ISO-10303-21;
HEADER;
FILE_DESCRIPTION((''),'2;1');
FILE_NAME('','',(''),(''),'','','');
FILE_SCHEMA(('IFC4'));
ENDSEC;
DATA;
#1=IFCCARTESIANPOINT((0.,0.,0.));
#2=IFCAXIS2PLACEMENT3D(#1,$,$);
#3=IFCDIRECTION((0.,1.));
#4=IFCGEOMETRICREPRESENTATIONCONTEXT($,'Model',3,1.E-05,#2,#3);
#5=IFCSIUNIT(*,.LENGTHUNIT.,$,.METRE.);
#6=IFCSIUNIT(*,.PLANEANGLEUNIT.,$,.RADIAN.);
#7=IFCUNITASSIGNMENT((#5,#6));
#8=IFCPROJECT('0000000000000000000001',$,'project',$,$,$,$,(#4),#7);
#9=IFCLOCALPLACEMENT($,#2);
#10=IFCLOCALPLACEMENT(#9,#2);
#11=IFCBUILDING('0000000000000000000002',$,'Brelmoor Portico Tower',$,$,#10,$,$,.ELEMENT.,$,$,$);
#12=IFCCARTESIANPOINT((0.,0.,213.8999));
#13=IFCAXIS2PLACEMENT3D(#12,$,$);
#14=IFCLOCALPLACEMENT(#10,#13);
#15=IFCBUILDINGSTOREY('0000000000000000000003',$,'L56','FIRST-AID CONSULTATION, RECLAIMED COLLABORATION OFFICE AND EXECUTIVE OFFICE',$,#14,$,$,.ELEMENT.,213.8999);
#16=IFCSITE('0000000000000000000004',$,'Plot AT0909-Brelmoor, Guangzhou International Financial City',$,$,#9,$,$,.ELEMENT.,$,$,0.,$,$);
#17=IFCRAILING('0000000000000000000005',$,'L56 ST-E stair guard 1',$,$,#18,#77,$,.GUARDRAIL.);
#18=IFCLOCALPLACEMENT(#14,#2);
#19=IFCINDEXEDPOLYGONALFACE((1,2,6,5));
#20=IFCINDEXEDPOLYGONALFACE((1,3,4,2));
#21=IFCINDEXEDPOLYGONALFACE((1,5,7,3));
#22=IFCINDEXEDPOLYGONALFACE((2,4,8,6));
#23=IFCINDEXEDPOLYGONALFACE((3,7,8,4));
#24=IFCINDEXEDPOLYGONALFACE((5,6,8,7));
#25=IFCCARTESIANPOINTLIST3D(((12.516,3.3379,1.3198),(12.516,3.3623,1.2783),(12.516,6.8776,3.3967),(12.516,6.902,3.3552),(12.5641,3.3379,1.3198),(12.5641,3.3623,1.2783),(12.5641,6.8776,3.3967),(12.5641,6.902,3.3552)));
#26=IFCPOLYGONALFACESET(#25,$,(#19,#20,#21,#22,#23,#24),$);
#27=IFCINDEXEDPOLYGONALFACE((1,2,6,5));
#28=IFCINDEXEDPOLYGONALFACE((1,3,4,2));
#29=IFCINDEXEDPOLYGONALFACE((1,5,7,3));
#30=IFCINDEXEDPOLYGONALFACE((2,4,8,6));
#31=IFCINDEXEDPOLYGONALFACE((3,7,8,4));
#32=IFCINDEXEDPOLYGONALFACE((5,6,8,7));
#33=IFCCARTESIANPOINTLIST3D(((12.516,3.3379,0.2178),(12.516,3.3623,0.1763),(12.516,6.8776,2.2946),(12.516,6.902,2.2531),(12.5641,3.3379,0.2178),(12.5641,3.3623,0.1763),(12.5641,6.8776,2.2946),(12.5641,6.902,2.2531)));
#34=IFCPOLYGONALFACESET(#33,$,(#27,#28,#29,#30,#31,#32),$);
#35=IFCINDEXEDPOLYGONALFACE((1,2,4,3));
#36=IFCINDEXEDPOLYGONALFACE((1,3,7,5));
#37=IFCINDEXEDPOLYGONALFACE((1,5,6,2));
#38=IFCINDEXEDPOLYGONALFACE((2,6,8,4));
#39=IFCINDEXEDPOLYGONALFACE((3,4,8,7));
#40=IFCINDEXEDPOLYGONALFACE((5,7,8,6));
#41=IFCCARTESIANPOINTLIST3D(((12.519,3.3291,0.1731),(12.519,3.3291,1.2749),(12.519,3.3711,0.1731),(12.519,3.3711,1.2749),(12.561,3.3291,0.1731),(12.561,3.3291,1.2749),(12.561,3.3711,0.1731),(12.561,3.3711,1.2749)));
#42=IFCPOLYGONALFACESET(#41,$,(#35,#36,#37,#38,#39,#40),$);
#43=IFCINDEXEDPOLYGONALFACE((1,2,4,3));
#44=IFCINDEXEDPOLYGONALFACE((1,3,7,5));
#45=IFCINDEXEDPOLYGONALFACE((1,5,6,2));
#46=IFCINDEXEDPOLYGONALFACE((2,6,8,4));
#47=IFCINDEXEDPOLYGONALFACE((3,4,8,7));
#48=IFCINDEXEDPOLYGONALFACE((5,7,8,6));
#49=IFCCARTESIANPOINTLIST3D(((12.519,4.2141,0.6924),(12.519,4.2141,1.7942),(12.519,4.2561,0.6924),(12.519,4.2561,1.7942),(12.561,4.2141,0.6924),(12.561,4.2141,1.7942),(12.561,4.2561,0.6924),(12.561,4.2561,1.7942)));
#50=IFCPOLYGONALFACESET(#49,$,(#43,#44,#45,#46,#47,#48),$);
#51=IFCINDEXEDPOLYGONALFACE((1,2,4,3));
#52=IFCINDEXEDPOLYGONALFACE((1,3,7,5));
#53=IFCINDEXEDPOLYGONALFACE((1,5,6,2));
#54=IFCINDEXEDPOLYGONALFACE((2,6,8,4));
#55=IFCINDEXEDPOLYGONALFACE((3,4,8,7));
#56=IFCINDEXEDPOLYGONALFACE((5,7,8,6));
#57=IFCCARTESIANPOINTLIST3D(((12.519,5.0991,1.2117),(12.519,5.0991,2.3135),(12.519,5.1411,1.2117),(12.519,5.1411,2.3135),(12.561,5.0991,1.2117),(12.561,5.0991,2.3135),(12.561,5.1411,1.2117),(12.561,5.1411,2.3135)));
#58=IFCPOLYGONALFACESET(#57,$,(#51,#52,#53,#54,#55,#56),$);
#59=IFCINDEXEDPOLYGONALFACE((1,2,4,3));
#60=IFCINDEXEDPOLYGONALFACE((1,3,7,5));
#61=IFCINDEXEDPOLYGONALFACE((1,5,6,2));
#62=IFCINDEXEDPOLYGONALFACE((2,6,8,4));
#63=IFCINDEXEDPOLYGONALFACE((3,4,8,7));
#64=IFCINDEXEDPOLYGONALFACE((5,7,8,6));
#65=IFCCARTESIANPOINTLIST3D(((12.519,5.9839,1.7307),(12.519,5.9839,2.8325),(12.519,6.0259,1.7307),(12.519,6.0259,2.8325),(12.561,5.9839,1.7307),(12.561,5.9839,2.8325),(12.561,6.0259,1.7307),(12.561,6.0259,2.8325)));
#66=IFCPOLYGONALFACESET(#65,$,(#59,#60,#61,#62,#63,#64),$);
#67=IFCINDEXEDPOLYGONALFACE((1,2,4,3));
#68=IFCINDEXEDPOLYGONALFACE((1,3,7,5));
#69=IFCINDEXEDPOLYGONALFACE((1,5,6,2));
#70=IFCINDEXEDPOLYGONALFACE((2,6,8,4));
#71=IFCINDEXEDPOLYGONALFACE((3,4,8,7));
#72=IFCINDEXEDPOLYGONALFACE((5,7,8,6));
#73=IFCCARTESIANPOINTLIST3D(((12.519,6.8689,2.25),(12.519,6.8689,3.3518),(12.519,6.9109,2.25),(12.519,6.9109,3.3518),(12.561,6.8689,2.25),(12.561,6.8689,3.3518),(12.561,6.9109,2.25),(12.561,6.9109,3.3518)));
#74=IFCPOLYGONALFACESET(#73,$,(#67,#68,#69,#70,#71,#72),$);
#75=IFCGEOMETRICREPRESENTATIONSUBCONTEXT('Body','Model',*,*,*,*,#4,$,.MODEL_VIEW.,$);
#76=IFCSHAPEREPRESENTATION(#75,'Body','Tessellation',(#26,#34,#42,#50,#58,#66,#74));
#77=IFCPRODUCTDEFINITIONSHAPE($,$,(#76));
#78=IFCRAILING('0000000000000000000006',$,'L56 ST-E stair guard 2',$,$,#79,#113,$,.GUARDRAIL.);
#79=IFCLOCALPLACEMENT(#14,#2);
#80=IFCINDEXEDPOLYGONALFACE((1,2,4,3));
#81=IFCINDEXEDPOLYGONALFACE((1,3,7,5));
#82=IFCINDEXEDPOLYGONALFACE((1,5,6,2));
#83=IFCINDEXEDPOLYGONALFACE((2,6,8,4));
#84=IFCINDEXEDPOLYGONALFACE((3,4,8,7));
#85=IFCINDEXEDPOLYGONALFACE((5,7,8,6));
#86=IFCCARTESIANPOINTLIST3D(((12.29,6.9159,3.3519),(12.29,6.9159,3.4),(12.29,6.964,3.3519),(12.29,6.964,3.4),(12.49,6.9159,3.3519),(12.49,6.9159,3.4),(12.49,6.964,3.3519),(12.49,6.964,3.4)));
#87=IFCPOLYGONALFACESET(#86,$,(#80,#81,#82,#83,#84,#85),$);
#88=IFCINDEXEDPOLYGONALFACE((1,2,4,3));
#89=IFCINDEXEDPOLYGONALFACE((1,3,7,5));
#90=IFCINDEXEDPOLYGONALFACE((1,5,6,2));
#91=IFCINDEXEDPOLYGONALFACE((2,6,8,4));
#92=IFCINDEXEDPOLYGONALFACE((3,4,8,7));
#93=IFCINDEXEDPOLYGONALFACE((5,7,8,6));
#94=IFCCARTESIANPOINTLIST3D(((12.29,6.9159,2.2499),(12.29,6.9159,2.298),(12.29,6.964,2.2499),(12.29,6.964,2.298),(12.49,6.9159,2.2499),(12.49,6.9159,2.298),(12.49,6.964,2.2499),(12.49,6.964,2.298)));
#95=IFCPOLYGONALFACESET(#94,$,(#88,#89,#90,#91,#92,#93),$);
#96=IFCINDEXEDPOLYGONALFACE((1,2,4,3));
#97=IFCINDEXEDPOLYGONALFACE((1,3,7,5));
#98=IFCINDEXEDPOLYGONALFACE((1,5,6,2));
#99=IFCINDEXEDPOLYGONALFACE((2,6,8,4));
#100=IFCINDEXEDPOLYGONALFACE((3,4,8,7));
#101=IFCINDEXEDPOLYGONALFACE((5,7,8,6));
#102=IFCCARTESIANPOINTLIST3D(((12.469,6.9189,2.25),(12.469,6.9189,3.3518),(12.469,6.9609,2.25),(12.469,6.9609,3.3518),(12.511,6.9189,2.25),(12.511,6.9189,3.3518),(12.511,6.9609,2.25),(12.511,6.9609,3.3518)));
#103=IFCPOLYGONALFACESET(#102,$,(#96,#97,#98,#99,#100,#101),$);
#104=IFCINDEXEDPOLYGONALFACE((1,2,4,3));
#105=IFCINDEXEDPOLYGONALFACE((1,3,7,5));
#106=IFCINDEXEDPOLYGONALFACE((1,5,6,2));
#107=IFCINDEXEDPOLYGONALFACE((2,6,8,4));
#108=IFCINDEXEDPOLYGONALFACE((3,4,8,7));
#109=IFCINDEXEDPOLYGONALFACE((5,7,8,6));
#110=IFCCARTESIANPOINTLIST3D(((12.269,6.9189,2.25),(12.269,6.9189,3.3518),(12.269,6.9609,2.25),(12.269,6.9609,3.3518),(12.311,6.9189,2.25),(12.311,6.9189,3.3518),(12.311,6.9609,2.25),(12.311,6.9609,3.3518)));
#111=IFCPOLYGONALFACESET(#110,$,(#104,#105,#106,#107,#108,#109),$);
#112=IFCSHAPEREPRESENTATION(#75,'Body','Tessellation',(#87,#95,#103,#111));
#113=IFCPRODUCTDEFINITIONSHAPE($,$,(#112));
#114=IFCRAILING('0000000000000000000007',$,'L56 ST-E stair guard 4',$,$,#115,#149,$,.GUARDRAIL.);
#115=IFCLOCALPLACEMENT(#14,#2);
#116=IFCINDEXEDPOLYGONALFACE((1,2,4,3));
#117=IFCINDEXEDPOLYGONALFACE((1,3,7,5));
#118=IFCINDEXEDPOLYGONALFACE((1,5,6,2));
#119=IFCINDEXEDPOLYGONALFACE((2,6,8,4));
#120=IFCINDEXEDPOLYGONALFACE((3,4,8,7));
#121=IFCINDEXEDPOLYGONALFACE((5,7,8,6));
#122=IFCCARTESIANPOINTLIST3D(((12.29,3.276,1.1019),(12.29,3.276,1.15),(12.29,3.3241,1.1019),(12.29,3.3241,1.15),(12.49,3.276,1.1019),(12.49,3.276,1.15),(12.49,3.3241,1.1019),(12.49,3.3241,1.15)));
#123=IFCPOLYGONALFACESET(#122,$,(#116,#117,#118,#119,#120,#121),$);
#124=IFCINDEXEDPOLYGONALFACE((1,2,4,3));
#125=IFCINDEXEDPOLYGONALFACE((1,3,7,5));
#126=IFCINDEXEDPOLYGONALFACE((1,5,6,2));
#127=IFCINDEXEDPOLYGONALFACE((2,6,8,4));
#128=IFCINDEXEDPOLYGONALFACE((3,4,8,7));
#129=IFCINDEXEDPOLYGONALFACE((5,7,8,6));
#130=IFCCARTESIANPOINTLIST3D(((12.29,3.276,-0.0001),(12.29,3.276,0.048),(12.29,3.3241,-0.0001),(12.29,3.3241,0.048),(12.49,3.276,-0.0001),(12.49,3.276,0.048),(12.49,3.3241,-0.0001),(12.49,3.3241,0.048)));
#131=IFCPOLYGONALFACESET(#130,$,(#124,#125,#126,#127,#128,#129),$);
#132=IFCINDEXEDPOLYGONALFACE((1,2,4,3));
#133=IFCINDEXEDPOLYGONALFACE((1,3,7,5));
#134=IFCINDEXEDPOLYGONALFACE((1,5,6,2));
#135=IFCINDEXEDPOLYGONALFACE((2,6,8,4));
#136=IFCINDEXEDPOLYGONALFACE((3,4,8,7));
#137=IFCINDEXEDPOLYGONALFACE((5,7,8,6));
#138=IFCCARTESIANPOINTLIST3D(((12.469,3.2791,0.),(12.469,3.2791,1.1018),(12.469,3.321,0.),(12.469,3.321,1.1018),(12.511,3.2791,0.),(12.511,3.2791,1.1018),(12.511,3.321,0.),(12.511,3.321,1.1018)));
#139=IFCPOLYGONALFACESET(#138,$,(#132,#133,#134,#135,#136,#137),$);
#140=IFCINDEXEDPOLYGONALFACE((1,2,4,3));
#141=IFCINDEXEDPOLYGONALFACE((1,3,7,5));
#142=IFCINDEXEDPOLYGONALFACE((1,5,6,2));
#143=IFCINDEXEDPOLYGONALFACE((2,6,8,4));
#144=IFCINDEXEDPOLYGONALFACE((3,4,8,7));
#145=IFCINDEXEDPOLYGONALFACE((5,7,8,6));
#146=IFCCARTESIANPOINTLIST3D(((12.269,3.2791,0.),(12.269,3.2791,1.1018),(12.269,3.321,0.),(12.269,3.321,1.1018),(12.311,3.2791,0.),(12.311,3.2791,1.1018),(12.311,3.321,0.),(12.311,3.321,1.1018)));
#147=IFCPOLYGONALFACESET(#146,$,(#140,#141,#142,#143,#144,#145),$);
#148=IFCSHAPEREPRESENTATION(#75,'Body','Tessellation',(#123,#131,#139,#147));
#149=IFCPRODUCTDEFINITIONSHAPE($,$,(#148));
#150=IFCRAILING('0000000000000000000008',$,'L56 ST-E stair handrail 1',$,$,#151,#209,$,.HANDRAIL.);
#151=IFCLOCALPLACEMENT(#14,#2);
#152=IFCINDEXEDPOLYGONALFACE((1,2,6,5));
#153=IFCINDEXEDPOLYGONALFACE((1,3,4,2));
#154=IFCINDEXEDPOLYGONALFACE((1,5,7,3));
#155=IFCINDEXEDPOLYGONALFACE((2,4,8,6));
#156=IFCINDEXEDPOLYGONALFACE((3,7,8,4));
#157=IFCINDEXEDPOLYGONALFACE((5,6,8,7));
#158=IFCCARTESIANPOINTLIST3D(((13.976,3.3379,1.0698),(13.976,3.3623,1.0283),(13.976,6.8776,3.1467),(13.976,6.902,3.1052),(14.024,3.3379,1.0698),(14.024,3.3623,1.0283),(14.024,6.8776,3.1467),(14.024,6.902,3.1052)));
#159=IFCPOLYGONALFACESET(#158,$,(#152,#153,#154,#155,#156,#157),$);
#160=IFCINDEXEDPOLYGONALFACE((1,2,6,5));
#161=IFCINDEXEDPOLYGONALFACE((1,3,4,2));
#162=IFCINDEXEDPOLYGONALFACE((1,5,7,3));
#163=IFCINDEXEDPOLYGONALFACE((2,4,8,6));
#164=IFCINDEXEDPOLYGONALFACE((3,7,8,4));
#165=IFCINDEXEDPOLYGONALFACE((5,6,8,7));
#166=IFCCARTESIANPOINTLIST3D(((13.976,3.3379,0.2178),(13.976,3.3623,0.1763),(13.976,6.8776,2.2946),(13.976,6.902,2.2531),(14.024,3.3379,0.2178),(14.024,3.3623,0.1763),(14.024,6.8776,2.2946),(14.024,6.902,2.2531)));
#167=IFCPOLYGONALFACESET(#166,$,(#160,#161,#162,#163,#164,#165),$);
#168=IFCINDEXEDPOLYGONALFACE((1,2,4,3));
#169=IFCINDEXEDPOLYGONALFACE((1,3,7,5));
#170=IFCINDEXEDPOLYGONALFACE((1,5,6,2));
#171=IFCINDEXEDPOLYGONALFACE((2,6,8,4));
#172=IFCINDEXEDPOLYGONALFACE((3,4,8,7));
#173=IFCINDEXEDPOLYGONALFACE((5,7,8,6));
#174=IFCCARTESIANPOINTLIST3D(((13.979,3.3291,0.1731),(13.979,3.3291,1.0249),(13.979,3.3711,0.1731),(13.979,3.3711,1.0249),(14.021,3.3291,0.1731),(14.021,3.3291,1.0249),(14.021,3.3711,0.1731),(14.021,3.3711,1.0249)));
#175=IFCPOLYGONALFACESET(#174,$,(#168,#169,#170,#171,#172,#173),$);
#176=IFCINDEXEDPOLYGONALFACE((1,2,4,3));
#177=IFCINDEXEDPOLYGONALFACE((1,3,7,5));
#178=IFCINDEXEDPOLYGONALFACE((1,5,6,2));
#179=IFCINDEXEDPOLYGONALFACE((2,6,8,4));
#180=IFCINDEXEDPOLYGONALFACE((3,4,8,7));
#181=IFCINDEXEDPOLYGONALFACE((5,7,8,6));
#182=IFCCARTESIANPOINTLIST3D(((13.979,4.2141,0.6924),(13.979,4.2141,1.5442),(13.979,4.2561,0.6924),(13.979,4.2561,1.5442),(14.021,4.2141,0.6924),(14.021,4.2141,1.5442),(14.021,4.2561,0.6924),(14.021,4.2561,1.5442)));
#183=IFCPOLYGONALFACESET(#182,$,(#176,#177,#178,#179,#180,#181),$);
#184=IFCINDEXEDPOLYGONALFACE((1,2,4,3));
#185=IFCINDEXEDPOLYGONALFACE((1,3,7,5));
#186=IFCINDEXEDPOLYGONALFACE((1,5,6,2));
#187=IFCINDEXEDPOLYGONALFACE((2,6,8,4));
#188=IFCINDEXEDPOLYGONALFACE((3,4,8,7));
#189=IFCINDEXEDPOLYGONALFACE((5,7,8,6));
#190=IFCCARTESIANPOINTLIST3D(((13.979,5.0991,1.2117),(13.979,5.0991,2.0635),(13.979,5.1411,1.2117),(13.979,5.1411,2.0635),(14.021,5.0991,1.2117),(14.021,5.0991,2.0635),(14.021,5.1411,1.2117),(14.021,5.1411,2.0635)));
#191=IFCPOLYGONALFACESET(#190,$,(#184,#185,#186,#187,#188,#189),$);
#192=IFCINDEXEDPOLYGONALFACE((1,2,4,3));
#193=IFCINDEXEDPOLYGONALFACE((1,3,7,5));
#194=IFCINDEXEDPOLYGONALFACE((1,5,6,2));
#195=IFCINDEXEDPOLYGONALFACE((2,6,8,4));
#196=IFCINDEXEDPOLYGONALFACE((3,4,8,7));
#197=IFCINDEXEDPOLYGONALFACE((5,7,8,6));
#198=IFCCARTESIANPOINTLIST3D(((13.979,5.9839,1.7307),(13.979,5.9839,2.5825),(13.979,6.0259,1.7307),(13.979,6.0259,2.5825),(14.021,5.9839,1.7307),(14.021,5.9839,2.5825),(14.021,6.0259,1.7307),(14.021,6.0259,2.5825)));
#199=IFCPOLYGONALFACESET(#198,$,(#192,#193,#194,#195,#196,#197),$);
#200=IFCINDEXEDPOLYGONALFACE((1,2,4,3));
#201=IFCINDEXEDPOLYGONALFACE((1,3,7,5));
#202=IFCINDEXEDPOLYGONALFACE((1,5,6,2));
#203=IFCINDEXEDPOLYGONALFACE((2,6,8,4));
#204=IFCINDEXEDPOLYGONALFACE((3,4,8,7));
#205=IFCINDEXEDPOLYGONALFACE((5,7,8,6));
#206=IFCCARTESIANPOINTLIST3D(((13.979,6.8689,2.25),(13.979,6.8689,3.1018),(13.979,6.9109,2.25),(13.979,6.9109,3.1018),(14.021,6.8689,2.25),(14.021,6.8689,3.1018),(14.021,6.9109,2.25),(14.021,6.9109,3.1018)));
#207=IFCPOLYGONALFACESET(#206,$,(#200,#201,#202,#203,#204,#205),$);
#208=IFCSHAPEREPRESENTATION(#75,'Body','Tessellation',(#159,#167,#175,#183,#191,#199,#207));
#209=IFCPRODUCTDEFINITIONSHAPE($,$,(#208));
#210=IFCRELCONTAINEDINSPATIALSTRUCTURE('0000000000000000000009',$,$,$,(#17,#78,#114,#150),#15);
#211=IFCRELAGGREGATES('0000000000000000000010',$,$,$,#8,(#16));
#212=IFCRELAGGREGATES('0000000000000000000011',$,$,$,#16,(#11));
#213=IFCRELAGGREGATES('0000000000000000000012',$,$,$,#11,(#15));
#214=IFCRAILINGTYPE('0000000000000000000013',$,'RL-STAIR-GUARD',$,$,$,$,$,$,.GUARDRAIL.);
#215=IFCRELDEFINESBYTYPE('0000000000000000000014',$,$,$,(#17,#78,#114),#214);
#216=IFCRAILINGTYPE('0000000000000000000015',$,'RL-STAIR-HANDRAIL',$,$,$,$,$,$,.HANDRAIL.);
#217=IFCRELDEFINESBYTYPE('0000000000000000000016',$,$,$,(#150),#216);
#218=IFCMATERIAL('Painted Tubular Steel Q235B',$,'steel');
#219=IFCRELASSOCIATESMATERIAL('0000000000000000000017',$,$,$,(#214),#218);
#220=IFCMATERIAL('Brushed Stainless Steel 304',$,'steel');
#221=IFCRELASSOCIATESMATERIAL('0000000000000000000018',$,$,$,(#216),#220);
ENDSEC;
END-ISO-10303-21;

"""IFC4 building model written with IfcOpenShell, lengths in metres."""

from ifc_helpers import new_model, si_unit, direction, frame, origin, origin_2d, place, context, subcontext, project, spatial, rectangle, extrude, material, type_object, element, save


model = new_model("IFC4")

# Units and contexts
model_context = context("Model", 3, precision=1e-05, world=origin(), true_north=direction((0.0, 1.0)))
body_context = subcontext(model_context, "Body", "Model", "MODEL_VIEW")
ifc_project = project(units=[si_unit("LENGTHUNIT", "METRE"), si_unit("PLANEANGLEUNIT", "RADIAN")], contexts=[model_context])

# Site, building, storey
site_placement = place(None, origin())
site = spatial("IfcSite", under=ifc_project, at=site_placement, Name="Plot AT0909-Brelmoor, Guangzhou International Financial City", CompositionType="ELEMENT", RefElevation=0.0)
building_placement = place(site_placement, origin())
building = spatial("IfcBuilding", under=site, at=building_placement, Name="Brelmoor Portico Tower", CompositionType="ELEMENT")
storey_placement = place(building_placement, frame((0.0, 0.0, 213.8999)))
storey = spatial("IfcBuildingStorey", under=building, at=storey_placement, Name="L56", Description="FIRST-AID CONSULTATION, RECLAIMED COLLABORATION OFFICE AND EXECUTIVE OFFICE", CompositionType="ELEMENT", Elevation=213.8999)

# Railings
ifc_material_1 = material(Name="Painted Tubular Steel Q235B", Category="steel")
railing_type_1 = type_object("IfcRailingType", Name="RL-STAIR-GUARD", PredefinedType="GUARDRAIL", material=ifc_material_1)
railing_1_placement = place(storey_placement, frame((12.54, 3.3501, 0.1731)))
element("IfcRailing", 1, at=railing_1_placement, inside=storey, type_object=railing_type_1, Name="L56 ST-E stair guard 1", PredefinedType="GUARDRAIL", context=body_context, shape_type="SweptSolid", body=[
    extrude(rectangle(XDim=0.0481, YDim=0.0481, at=origin_2d()), frame((0.0, 0.0, 1.126), z_axis=(0.0, 0.862501, 0.506055), x_axis=(-1.0, 0.0, 0.0)), (0.0, 0.0, 1.0), 4.104),
    extrude(rectangle(XDim=0.0481, YDim=0.0481, at=origin_2d()), frame((0.0, 0.0, 0.0239), z_axis=(0.0, 0.862501, 0.506055), x_axis=(-1.0, 0.0, 0.0)), (0.0, 0.0, 1.0), 4.104),
    extrude(rectangle(XDim=0.042, YDim=0.042, at=origin_2d()), origin(), (0.0, 0.0, 1.0), 1.1018),
    extrude(rectangle(XDim=0.042, YDim=0.042, at=origin_2d()), frame((0.0, 0.885, 0.5193)), (0.0, 0.0, 1.0), 1.1018),
    extrude(rectangle(XDim=0.042, YDim=0.042, at=origin_2d()), frame((0.0, 1.77, 1.0386)), (0.0, 0.0, 1.0), 1.1018),
    extrude(rectangle(XDim=0.042, YDim=0.042, at=origin_2d()), frame((0.0, 2.6548, 1.5576)), (0.0, 0.0, 1.0), 1.1018),
    extrude(rectangle(XDim=0.042, YDim=0.042, at=origin_2d()), frame((0.0, 3.5398, 2.0769)), (0.0, 0.0, 1.0), 1.1018),
])
for number, where, name in (
    (2, (12.49, 6.9399, 2.25), "L56 ST-E stair guard 2"),
    (3, (12.49, 3.3, 0.0), "L56 ST-E stair guard 4"),
):
    element("IfcRailing", number, at=place(storey_placement, frame(where)), inside=storey, type_object=railing_type_1, Name=name, PredefinedType="GUARDRAIL", context=body_context, shape_type="SweptSolid", body=[
        extrude(rectangle(XDim=0.0481, YDim=0.0481, at=origin_2d()), frame((0.0, 0.0, 1.126), z_axis=(-1.0, 0.0, 0.0), x_axis=(0.0, -1.0, 0.0)), (0.0, 0.0, 1.0), 0.2),
        extrude(rectangle(XDim=0.0481, YDim=0.0481, at=origin_2d()), frame((0.0, 0.0, 0.0239), z_axis=(-1.0, 0.0, 0.0), x_axis=(0.0, -1.0, 0.0)), (0.0, 0.0, 1.0), 0.2),
        extrude(rectangle(XDim=0.042, YDim=0.042, at=origin_2d()), origin(), (0.0, 0.0, 1.0), 1.1018),
        extrude(rectangle(XDim=0.042, YDim=0.042, at=origin_2d()), frame((-0.2, 0.0, 0.0)), (0.0, 0.0, 1.0), 1.1018),
    ])
ifc_material_2 = material(Name="Brushed Stainless Steel 304", Category="steel")
railing_type_2 = type_object("IfcRailingType", Name="RL-STAIR-HANDRAIL", PredefinedType="HANDRAIL", material=ifc_material_2)
railing_2_placement = place(storey_placement, frame((14.0, 3.3501, 0.1731)))
element("IfcRailing", 4, at=railing_2_placement, inside=storey, type_object=railing_type_2, Name="L56 ST-E stair handrail 1", PredefinedType="HANDRAIL", context=body_context, shape_type="SweptSolid", body=[
    extrude(rectangle(XDim=0.0481, YDim=0.0481, at=origin_2d()), frame((0.0, 0.0, 0.876), z_axis=(0.0, 0.862501, 0.506055), x_axis=(-1.0, 0.0, 0.0)), (0.0, 0.0, 1.0), 4.104),
    extrude(rectangle(XDim=0.0481, YDim=0.0481, at=origin_2d()), frame((0.0, 0.0, 0.0239), z_axis=(0.0, 0.862501, 0.506055), x_axis=(-1.0, 0.0, 0.0)), (0.0, 0.0, 1.0), 4.104),
    extrude(rectangle(XDim=0.042, YDim=0.042, at=origin_2d()), origin(), (0.0, 0.0, 1.0), 0.8518),
    extrude(rectangle(XDim=0.042, YDim=0.042, at=origin_2d()), frame((0.0, 0.885, 0.5193)), (0.0, 0.0, 1.0), 0.8518),
    extrude(rectangle(XDim=0.042, YDim=0.042, at=origin_2d()), frame((0.0, 1.77, 1.0386)), (0.0, 0.0, 1.0), 0.8518),
    extrude(rectangle(XDim=0.042, YDim=0.042, at=origin_2d()), frame((0.0, 2.6548, 1.5576)), (0.0, 0.0, 1.0), 0.8518),
    extrude(rectangle(XDim=0.042, YDim=0.042, at=origin_2d()), frame((0.0, 3.5398, 2.0769)), (0.0, 0.0, 1.0), 0.8518),
])

save(model, "model.ifc")
